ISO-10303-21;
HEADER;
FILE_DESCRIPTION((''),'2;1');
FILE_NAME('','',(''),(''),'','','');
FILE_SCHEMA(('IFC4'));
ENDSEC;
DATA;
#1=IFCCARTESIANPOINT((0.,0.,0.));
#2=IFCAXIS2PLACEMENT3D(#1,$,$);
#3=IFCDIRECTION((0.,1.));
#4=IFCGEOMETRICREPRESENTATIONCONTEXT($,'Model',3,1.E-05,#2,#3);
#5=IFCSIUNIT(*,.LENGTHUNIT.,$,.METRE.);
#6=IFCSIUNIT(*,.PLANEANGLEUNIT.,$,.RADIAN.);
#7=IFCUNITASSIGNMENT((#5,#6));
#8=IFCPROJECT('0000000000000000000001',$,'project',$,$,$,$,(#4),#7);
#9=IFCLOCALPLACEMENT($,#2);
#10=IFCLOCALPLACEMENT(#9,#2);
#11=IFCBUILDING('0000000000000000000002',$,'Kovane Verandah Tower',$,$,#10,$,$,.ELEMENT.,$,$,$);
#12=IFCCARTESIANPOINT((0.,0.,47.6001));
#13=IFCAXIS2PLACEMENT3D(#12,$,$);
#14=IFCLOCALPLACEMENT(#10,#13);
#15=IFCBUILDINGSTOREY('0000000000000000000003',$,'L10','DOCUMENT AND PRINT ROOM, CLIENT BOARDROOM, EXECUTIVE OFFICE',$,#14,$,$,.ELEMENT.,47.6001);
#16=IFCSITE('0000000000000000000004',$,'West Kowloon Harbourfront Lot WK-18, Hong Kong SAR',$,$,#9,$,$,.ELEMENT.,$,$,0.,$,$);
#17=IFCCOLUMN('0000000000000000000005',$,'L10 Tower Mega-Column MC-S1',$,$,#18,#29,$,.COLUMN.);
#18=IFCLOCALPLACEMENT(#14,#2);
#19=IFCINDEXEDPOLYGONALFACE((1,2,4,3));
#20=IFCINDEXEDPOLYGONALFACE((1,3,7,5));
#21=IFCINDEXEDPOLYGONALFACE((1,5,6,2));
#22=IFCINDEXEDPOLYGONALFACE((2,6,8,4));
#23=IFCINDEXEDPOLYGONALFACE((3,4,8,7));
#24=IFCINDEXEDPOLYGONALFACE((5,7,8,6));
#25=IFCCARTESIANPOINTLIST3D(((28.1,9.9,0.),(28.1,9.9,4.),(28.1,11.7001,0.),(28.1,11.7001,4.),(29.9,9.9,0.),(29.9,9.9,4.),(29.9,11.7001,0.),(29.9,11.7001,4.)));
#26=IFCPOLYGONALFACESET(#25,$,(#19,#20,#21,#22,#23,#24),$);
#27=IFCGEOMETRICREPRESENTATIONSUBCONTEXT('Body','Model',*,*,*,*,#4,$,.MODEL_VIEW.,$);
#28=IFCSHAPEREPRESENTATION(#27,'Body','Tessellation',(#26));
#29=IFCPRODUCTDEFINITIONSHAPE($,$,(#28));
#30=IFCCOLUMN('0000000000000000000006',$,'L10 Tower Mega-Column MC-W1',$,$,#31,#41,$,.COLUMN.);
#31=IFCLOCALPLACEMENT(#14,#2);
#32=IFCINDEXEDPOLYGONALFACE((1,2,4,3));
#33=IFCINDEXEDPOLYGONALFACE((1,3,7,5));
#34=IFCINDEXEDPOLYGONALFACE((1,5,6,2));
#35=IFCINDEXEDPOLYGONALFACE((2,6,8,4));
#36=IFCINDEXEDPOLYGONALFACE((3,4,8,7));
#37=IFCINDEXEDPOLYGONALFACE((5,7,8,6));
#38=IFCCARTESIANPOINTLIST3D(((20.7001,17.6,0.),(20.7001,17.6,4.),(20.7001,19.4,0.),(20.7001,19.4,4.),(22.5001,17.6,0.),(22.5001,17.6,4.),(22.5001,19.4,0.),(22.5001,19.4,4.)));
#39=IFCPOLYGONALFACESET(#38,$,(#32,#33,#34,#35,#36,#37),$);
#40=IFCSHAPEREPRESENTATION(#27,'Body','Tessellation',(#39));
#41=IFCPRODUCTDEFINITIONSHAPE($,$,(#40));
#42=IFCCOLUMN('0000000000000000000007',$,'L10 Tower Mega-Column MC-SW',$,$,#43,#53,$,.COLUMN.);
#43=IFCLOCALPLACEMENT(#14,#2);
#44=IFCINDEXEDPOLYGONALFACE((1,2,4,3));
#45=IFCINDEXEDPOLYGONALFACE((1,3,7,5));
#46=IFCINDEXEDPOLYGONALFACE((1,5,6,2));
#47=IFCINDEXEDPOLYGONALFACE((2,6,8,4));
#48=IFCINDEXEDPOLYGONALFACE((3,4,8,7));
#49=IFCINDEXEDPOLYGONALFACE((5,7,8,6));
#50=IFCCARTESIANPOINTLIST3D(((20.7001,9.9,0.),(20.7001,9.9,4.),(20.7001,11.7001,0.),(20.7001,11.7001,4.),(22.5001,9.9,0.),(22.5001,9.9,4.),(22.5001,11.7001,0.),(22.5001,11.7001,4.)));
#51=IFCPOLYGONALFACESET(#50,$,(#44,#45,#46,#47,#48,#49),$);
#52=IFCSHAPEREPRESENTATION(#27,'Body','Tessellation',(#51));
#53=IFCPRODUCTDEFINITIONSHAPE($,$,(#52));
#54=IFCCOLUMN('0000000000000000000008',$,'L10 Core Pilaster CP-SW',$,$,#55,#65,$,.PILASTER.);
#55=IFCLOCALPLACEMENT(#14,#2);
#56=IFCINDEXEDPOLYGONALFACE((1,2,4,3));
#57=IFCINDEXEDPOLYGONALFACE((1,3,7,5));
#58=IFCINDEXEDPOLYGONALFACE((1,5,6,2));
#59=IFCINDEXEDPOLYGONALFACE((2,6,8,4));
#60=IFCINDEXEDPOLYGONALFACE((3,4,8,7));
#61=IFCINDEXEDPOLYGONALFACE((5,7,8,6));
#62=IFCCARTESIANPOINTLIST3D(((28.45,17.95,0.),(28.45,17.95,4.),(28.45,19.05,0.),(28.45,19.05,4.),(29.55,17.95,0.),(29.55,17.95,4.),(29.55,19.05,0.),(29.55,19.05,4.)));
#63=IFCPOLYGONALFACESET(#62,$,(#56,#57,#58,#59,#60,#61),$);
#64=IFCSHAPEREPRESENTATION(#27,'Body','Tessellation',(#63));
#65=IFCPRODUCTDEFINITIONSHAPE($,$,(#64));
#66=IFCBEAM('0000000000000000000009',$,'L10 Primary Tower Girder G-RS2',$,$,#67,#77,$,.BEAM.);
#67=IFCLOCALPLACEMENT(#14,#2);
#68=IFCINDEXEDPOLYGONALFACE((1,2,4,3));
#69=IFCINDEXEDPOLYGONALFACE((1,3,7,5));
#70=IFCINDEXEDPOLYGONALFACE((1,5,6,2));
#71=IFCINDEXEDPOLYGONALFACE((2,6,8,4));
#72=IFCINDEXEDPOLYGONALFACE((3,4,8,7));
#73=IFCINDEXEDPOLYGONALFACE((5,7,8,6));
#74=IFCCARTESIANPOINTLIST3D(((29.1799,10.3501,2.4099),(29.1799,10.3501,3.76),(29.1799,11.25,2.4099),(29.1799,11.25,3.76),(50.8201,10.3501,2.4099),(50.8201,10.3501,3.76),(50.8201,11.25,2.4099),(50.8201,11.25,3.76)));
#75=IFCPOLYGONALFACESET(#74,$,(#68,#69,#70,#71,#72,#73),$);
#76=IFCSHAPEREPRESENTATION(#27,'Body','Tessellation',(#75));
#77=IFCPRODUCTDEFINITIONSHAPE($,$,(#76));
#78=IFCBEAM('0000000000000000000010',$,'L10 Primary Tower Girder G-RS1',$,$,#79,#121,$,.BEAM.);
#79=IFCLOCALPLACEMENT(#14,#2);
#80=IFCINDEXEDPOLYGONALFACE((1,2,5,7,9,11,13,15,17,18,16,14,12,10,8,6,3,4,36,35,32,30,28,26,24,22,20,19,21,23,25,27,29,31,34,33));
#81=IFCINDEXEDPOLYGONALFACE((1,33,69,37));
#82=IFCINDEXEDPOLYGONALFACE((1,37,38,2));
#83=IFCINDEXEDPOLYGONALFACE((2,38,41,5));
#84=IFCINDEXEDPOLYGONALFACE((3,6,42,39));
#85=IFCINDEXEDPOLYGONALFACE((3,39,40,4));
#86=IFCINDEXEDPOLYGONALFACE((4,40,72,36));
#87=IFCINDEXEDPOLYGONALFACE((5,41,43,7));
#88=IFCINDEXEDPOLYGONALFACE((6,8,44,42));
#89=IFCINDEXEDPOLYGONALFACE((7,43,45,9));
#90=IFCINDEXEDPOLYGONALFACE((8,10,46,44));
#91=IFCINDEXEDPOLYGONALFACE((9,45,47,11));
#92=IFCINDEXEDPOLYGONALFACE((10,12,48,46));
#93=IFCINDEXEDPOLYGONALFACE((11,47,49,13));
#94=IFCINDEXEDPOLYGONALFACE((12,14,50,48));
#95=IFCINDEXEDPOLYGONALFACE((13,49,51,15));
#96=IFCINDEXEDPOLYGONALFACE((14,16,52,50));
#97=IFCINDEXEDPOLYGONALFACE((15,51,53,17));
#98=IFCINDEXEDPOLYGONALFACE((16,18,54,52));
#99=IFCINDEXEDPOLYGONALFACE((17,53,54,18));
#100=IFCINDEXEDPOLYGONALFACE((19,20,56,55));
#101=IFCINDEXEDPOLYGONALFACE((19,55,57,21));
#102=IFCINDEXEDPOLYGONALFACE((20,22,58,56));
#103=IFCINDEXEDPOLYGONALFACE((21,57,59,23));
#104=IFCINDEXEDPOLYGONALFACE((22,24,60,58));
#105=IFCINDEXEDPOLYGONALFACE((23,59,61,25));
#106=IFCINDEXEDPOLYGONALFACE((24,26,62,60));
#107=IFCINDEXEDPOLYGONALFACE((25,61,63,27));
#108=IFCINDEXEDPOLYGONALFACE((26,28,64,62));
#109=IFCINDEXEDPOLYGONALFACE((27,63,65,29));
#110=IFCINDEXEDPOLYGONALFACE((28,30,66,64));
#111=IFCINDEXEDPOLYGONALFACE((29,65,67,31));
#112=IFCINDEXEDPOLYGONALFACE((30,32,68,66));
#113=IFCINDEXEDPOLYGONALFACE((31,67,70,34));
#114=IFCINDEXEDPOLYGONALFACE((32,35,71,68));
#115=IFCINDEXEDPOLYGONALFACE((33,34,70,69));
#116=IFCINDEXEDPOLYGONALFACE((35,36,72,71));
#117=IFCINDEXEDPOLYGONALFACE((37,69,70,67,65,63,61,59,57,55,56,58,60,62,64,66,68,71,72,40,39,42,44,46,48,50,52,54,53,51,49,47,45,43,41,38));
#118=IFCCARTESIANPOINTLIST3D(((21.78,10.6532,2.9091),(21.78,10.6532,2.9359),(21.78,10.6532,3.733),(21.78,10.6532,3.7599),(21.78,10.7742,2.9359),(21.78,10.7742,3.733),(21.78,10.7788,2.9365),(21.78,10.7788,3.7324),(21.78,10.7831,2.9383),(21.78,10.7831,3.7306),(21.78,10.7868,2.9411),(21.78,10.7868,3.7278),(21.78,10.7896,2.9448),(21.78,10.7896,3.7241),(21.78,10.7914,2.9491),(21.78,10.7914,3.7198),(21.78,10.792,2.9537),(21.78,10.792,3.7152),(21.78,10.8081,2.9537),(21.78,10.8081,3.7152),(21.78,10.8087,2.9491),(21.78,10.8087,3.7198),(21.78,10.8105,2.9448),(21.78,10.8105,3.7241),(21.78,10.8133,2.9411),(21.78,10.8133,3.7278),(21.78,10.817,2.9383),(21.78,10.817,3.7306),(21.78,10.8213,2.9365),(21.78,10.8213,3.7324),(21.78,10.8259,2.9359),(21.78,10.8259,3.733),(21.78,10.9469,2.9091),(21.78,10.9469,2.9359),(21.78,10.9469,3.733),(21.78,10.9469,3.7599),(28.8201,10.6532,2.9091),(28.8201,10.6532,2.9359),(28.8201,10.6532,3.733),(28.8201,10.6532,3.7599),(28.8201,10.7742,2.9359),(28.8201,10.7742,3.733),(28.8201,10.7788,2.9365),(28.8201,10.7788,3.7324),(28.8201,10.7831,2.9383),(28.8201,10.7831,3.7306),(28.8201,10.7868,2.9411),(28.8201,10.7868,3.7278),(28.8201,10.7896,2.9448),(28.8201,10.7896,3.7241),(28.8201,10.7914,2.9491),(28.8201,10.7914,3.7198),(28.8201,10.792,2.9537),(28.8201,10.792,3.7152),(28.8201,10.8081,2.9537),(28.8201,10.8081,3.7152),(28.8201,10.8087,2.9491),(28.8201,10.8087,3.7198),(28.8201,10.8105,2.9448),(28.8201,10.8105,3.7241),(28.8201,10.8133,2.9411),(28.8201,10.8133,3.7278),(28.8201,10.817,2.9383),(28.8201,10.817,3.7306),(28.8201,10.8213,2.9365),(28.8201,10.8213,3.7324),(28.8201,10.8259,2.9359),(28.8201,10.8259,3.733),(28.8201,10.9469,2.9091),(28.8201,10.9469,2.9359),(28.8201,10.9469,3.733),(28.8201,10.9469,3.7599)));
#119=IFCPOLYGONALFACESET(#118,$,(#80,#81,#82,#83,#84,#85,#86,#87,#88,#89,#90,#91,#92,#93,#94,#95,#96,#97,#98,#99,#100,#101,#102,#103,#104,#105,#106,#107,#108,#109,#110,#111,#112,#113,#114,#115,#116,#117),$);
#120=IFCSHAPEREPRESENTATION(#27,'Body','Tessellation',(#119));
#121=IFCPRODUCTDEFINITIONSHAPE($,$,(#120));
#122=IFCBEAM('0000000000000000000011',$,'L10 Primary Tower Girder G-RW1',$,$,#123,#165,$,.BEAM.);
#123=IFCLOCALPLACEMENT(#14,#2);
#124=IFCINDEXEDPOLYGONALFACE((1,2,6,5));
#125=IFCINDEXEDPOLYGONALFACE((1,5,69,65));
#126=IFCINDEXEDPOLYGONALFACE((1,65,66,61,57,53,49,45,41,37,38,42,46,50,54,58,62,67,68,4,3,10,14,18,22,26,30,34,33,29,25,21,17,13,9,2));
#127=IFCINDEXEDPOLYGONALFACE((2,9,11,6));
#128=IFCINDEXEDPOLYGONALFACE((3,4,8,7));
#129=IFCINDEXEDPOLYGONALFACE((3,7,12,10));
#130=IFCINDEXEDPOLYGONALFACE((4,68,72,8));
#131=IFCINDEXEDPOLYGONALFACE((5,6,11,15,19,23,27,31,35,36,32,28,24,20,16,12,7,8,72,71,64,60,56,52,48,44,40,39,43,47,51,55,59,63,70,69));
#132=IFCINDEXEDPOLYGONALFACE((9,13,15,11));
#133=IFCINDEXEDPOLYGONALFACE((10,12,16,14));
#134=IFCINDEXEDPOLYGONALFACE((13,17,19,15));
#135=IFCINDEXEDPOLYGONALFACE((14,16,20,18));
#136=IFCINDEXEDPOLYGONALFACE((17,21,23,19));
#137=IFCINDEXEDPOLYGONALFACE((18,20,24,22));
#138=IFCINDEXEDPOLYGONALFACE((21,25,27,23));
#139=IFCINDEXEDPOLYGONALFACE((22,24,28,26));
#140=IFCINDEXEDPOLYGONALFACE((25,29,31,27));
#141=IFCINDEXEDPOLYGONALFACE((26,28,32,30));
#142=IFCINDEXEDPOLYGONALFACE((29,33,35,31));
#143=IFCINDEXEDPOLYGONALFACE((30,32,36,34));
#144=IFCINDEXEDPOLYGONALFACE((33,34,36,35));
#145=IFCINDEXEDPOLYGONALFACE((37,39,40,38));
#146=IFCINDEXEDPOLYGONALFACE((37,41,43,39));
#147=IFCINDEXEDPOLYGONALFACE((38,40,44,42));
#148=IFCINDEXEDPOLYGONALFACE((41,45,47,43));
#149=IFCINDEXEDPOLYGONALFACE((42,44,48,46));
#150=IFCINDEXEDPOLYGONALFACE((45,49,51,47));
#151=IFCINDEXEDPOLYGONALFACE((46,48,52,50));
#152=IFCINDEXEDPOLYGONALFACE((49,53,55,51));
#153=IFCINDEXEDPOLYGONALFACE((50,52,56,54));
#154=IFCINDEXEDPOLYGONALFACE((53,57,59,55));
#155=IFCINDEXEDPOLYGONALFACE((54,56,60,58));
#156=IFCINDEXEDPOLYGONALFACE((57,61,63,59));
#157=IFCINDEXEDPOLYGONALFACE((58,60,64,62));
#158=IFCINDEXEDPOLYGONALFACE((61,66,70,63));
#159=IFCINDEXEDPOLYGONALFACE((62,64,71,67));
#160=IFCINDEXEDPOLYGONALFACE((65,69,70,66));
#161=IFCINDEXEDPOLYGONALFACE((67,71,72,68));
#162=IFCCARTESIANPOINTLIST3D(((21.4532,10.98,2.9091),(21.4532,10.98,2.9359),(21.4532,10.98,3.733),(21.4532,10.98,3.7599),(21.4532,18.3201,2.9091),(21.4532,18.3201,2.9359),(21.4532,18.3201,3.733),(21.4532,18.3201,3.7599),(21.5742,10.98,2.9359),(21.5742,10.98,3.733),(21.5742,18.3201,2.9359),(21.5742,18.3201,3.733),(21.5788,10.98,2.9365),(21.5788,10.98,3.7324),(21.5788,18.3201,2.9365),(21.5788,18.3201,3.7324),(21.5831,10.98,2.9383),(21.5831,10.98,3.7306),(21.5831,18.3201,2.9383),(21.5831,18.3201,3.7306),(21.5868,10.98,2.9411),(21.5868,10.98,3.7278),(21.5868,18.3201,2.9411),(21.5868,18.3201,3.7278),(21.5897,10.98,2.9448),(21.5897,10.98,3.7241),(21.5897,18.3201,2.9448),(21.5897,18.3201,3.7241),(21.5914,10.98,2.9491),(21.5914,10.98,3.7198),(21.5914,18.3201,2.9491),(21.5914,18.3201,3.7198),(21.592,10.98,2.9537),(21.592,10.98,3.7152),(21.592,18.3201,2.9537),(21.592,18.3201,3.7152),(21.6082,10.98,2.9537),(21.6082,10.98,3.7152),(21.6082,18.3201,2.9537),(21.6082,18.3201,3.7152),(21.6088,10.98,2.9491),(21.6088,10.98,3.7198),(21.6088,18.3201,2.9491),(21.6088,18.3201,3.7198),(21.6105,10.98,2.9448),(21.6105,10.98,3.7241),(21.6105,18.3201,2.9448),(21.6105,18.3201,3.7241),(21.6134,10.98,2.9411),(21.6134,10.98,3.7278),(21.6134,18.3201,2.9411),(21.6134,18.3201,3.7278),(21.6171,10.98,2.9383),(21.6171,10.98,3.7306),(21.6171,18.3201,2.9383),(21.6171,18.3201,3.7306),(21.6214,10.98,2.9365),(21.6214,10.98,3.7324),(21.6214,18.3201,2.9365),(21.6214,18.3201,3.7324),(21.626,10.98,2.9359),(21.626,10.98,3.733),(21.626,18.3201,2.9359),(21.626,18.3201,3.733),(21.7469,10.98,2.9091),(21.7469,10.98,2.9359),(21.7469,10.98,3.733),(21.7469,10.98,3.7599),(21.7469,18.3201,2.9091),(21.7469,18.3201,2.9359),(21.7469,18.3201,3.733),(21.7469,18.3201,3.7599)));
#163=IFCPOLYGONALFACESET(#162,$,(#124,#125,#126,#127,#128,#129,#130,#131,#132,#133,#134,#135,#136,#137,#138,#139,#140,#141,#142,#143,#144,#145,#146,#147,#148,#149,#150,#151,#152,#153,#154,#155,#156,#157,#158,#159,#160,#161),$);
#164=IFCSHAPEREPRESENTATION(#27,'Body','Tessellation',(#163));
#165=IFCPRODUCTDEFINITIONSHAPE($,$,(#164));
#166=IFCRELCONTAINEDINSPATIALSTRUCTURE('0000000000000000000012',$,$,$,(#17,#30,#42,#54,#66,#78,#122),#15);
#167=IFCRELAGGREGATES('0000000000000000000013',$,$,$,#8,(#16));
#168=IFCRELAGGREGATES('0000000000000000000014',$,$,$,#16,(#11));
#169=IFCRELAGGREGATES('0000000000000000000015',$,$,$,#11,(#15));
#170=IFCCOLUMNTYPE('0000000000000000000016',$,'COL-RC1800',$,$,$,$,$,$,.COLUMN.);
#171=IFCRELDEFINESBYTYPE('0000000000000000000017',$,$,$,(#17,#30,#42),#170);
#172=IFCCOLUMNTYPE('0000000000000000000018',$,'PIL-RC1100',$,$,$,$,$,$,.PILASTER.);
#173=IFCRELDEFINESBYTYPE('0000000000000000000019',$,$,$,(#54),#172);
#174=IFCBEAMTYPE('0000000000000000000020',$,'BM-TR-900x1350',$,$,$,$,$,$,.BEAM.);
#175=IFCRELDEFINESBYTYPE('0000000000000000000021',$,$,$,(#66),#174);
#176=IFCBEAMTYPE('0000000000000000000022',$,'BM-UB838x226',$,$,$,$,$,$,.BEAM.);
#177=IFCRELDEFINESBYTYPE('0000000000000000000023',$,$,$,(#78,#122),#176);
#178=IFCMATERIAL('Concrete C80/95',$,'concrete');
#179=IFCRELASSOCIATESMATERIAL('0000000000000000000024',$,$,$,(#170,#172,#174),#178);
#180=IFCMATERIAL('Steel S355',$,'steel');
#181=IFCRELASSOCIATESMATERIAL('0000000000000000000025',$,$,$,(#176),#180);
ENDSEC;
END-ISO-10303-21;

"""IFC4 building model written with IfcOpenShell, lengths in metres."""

from ifc_helpers import new_model, si_unit, direction, frame, origin, origin_2d, place, context, subcontext, project, spatial, rectangle, i_section, extrude, material, material_profile, profile_set, type_object, element, save


model = new_model("IFC4")

# Units and contexts
model_context = context("Model", 3, precision=1e-05, world=origin(), true_north=direction((0.0, 1.0)))
body_context = subcontext(model_context, "Body", "Model", "MODEL_VIEW")
ifc_project = project(units=[si_unit("LENGTHUNIT", "METRE"), si_unit("PLANEANGLEUNIT", "RADIAN")], contexts=[model_context])

# Site, building, storey
site_placement = place(None, origin())
site = spatial("IfcSite", under=ifc_project, at=site_placement, Name="West Kowloon Harbourfront Lot WK-18, Hong Kong SAR", CompositionType="ELEMENT", RefElevation=0.0)
building_placement = place(site_placement, origin())
building = spatial("IfcBuilding", under=site, at=building_placement, Name="Kovane Verandah Tower", CompositionType="ELEMENT")
storey_placement = place(building_placement, frame((0.0, 0.0, 47.6001)))
storey = spatial("IfcBuildingStorey", under=building, at=storey_placement, Name="L10", Description="DOCUMENT AND PRINT ROOM, CLIENT BOARDROOM, EXECUTIVE OFFICE", CompositionType="ELEMENT", Elevation=47.6001)

# Columns
ifc_material_1 = material(Name="Concrete C80/95", Category="concrete")
ifc_material_profile_1 = material_profile(ifc_material_1, rectangle(XDim=1.8, YDim=1.8, at=origin_2d()), Name="RC1800x1800")
ifc_profile_set_1 = profile_set([ifc_material_profile_1], Name="Concrete C80/95")
column_type_1 = type_object("IfcColumnType", Name="COL-RC1800", PredefinedType="COLUMN", material=ifc_profile_set_1)
for number, where, z_axis, x_axis, name in (
    (1, (29.0, 10.8, 0.0), (0.0, 0.0, 1.0), (1.0, 0.0, 0.0), "L10 Tower Mega-Column MC-S1"),
    (2, (21.6001, 18.5, 0.0), (0.0, 0.0, 1.0), (1.0, 0.0, 0.0), "L10 Tower Mega-Column MC-W1"),
    (3, (21.6001, 10.8, 0.0), (0.0, 0.0, 1.0), (1.0, 0.0, 0.0), "L10 Tower Mega-Column MC-SW"),
):
    element("IfcColumn", number, at=place(storey_placement, frame(where, z_axis=z_axis, x_axis=x_axis)), inside=storey, type_object=column_type_1, Name=name, PredefinedType="COLUMN", context=body_context, shape_type="SweptSolid", body=[
        extrude(rectangle(XDim=1.8, YDim=1.8, at=origin_2d()), origin(), (0.0, 0.0, 1.0), 4.0),
    ])
ifc_material_profile_2 = material_profile(ifc_material_1, rectangle(XDim=1.1001, YDim=1.1001, at=origin_2d()), Name="RC1100x1100")
ifc_profile_set_2 = profile_set([ifc_material_profile_2], Name="Concrete C80/95")
column_type_2 = type_object("IfcColumnType", Name="PIL-RC1100", PredefinedType="PILASTER", material=ifc_profile_set_2)
column_placement = place(storey_placement, frame((29.0, 18.5, 0.0), z_axis=(0.0, 0.0, 1.0), x_axis=(1.0, 0.0, 0.0)))
element("IfcColumn", 4, at=column_placement, inside=storey, type_object=column_type_2, Name="L10 Core Pilaster CP-SW", PredefinedType="PILASTER", context=body_context, shape_type="SweptSolid", body=[
    extrude(rectangle(XDim=1.1001, YDim=1.1001, at=origin_2d()), origin(), (0.0, 0.0, 1.0), 4.0),
])

# Beams
ifc_material_profile_3 = material_profile(ifc_material_1, rectangle(XDim=0.8999, YDim=1.3501, at=origin_2d()), Name="RCB900x1350")
ifc_profile_set_3 = profile_set([ifc_material_profile_3], Name="Concrete C80/95")
beam_type_1 = type_object("IfcBeamType", Name="BM-TR-900x1350", PredefinedType="BEAM", material=ifc_profile_set_3)
beam_1_placement = place(storey_placement, frame((29.1799, 10.8, 3.085), z_axis=(1.0, 0.0, 0.0), x_axis=(0.0, 1.0, 0.0)))
element("IfcBeam", 5, at=beam_1_placement, inside=storey, type_object=beam_type_1, Name="L10 Primary Tower Girder G-RS2", PredefinedType="BEAM", context=body_context, shape_type="SweptSolid", body=[
    extrude(rectangle(XDim=0.8999, YDim=1.3501, at=origin_2d()), origin(), (0.0, 0.0, 1.0), 21.6401),
])
ifc_material_2 = material(Name="Steel S355", Category="steel")
ifc_material_profile_4 = material_profile(ifc_material_2, i_section(OverallWidth=0.2937, OverallDepth=0.8508, WebThickness=0.0161, FlangeThickness=0.0269, FilletRadius=0.0178, at=origin_2d()), Name="UB838x292x226")
ifc_profile_set_4 = profile_set([ifc_material_profile_4], Name="Steel S355")
beam_type_2 = type_object("IfcBeamType", Name="BM-UB838x226", PredefinedType="BEAM", material=ifc_profile_set_4)
beam_2_placement = place(storey_placement, frame((21.78, 10.8, 3.3345), z_axis=(1.0, 0.0, 0.0), x_axis=(0.0, 1.0, 0.0)))
element("IfcBeam", 6, at=beam_2_placement, inside=storey, type_object=beam_type_2, Name="L10 Primary Tower Girder G-RS1", PredefinedType="BEAM", context=body_context, shape_type="SweptSolid", body=[
    extrude(i_section(OverallWidth=0.2937, OverallDepth=0.8508, WebThickness=0.0161, FlangeThickness=0.0269, FilletRadius=0.0178, at=origin_2d()), origin(), (0.0, 0.0, 1.0), 7.04),
])
beam_3_placement = place(storey_placement, frame((21.6001, 10.98, 3.3345), z_axis=(0.0, 1.0, 0.0), x_axis=(-1.0, 0.0, 0.0)))
element("IfcBeam", 7, at=beam_3_placement, inside=storey, type_object=beam_type_2, Name="L10 Primary Tower Girder G-RW1", PredefinedType="BEAM", context=body_context, shape_type="SweptSolid", body=[
    extrude(i_section(OverallWidth=0.2937, OverallDepth=0.8508, WebThickness=0.0161, FlangeThickness=0.0269, FilletRadius=0.0178, at=origin_2d()), origin(), (0.0, 0.0, 1.0), 7.3401),
])

save(model, "model.ifc")
